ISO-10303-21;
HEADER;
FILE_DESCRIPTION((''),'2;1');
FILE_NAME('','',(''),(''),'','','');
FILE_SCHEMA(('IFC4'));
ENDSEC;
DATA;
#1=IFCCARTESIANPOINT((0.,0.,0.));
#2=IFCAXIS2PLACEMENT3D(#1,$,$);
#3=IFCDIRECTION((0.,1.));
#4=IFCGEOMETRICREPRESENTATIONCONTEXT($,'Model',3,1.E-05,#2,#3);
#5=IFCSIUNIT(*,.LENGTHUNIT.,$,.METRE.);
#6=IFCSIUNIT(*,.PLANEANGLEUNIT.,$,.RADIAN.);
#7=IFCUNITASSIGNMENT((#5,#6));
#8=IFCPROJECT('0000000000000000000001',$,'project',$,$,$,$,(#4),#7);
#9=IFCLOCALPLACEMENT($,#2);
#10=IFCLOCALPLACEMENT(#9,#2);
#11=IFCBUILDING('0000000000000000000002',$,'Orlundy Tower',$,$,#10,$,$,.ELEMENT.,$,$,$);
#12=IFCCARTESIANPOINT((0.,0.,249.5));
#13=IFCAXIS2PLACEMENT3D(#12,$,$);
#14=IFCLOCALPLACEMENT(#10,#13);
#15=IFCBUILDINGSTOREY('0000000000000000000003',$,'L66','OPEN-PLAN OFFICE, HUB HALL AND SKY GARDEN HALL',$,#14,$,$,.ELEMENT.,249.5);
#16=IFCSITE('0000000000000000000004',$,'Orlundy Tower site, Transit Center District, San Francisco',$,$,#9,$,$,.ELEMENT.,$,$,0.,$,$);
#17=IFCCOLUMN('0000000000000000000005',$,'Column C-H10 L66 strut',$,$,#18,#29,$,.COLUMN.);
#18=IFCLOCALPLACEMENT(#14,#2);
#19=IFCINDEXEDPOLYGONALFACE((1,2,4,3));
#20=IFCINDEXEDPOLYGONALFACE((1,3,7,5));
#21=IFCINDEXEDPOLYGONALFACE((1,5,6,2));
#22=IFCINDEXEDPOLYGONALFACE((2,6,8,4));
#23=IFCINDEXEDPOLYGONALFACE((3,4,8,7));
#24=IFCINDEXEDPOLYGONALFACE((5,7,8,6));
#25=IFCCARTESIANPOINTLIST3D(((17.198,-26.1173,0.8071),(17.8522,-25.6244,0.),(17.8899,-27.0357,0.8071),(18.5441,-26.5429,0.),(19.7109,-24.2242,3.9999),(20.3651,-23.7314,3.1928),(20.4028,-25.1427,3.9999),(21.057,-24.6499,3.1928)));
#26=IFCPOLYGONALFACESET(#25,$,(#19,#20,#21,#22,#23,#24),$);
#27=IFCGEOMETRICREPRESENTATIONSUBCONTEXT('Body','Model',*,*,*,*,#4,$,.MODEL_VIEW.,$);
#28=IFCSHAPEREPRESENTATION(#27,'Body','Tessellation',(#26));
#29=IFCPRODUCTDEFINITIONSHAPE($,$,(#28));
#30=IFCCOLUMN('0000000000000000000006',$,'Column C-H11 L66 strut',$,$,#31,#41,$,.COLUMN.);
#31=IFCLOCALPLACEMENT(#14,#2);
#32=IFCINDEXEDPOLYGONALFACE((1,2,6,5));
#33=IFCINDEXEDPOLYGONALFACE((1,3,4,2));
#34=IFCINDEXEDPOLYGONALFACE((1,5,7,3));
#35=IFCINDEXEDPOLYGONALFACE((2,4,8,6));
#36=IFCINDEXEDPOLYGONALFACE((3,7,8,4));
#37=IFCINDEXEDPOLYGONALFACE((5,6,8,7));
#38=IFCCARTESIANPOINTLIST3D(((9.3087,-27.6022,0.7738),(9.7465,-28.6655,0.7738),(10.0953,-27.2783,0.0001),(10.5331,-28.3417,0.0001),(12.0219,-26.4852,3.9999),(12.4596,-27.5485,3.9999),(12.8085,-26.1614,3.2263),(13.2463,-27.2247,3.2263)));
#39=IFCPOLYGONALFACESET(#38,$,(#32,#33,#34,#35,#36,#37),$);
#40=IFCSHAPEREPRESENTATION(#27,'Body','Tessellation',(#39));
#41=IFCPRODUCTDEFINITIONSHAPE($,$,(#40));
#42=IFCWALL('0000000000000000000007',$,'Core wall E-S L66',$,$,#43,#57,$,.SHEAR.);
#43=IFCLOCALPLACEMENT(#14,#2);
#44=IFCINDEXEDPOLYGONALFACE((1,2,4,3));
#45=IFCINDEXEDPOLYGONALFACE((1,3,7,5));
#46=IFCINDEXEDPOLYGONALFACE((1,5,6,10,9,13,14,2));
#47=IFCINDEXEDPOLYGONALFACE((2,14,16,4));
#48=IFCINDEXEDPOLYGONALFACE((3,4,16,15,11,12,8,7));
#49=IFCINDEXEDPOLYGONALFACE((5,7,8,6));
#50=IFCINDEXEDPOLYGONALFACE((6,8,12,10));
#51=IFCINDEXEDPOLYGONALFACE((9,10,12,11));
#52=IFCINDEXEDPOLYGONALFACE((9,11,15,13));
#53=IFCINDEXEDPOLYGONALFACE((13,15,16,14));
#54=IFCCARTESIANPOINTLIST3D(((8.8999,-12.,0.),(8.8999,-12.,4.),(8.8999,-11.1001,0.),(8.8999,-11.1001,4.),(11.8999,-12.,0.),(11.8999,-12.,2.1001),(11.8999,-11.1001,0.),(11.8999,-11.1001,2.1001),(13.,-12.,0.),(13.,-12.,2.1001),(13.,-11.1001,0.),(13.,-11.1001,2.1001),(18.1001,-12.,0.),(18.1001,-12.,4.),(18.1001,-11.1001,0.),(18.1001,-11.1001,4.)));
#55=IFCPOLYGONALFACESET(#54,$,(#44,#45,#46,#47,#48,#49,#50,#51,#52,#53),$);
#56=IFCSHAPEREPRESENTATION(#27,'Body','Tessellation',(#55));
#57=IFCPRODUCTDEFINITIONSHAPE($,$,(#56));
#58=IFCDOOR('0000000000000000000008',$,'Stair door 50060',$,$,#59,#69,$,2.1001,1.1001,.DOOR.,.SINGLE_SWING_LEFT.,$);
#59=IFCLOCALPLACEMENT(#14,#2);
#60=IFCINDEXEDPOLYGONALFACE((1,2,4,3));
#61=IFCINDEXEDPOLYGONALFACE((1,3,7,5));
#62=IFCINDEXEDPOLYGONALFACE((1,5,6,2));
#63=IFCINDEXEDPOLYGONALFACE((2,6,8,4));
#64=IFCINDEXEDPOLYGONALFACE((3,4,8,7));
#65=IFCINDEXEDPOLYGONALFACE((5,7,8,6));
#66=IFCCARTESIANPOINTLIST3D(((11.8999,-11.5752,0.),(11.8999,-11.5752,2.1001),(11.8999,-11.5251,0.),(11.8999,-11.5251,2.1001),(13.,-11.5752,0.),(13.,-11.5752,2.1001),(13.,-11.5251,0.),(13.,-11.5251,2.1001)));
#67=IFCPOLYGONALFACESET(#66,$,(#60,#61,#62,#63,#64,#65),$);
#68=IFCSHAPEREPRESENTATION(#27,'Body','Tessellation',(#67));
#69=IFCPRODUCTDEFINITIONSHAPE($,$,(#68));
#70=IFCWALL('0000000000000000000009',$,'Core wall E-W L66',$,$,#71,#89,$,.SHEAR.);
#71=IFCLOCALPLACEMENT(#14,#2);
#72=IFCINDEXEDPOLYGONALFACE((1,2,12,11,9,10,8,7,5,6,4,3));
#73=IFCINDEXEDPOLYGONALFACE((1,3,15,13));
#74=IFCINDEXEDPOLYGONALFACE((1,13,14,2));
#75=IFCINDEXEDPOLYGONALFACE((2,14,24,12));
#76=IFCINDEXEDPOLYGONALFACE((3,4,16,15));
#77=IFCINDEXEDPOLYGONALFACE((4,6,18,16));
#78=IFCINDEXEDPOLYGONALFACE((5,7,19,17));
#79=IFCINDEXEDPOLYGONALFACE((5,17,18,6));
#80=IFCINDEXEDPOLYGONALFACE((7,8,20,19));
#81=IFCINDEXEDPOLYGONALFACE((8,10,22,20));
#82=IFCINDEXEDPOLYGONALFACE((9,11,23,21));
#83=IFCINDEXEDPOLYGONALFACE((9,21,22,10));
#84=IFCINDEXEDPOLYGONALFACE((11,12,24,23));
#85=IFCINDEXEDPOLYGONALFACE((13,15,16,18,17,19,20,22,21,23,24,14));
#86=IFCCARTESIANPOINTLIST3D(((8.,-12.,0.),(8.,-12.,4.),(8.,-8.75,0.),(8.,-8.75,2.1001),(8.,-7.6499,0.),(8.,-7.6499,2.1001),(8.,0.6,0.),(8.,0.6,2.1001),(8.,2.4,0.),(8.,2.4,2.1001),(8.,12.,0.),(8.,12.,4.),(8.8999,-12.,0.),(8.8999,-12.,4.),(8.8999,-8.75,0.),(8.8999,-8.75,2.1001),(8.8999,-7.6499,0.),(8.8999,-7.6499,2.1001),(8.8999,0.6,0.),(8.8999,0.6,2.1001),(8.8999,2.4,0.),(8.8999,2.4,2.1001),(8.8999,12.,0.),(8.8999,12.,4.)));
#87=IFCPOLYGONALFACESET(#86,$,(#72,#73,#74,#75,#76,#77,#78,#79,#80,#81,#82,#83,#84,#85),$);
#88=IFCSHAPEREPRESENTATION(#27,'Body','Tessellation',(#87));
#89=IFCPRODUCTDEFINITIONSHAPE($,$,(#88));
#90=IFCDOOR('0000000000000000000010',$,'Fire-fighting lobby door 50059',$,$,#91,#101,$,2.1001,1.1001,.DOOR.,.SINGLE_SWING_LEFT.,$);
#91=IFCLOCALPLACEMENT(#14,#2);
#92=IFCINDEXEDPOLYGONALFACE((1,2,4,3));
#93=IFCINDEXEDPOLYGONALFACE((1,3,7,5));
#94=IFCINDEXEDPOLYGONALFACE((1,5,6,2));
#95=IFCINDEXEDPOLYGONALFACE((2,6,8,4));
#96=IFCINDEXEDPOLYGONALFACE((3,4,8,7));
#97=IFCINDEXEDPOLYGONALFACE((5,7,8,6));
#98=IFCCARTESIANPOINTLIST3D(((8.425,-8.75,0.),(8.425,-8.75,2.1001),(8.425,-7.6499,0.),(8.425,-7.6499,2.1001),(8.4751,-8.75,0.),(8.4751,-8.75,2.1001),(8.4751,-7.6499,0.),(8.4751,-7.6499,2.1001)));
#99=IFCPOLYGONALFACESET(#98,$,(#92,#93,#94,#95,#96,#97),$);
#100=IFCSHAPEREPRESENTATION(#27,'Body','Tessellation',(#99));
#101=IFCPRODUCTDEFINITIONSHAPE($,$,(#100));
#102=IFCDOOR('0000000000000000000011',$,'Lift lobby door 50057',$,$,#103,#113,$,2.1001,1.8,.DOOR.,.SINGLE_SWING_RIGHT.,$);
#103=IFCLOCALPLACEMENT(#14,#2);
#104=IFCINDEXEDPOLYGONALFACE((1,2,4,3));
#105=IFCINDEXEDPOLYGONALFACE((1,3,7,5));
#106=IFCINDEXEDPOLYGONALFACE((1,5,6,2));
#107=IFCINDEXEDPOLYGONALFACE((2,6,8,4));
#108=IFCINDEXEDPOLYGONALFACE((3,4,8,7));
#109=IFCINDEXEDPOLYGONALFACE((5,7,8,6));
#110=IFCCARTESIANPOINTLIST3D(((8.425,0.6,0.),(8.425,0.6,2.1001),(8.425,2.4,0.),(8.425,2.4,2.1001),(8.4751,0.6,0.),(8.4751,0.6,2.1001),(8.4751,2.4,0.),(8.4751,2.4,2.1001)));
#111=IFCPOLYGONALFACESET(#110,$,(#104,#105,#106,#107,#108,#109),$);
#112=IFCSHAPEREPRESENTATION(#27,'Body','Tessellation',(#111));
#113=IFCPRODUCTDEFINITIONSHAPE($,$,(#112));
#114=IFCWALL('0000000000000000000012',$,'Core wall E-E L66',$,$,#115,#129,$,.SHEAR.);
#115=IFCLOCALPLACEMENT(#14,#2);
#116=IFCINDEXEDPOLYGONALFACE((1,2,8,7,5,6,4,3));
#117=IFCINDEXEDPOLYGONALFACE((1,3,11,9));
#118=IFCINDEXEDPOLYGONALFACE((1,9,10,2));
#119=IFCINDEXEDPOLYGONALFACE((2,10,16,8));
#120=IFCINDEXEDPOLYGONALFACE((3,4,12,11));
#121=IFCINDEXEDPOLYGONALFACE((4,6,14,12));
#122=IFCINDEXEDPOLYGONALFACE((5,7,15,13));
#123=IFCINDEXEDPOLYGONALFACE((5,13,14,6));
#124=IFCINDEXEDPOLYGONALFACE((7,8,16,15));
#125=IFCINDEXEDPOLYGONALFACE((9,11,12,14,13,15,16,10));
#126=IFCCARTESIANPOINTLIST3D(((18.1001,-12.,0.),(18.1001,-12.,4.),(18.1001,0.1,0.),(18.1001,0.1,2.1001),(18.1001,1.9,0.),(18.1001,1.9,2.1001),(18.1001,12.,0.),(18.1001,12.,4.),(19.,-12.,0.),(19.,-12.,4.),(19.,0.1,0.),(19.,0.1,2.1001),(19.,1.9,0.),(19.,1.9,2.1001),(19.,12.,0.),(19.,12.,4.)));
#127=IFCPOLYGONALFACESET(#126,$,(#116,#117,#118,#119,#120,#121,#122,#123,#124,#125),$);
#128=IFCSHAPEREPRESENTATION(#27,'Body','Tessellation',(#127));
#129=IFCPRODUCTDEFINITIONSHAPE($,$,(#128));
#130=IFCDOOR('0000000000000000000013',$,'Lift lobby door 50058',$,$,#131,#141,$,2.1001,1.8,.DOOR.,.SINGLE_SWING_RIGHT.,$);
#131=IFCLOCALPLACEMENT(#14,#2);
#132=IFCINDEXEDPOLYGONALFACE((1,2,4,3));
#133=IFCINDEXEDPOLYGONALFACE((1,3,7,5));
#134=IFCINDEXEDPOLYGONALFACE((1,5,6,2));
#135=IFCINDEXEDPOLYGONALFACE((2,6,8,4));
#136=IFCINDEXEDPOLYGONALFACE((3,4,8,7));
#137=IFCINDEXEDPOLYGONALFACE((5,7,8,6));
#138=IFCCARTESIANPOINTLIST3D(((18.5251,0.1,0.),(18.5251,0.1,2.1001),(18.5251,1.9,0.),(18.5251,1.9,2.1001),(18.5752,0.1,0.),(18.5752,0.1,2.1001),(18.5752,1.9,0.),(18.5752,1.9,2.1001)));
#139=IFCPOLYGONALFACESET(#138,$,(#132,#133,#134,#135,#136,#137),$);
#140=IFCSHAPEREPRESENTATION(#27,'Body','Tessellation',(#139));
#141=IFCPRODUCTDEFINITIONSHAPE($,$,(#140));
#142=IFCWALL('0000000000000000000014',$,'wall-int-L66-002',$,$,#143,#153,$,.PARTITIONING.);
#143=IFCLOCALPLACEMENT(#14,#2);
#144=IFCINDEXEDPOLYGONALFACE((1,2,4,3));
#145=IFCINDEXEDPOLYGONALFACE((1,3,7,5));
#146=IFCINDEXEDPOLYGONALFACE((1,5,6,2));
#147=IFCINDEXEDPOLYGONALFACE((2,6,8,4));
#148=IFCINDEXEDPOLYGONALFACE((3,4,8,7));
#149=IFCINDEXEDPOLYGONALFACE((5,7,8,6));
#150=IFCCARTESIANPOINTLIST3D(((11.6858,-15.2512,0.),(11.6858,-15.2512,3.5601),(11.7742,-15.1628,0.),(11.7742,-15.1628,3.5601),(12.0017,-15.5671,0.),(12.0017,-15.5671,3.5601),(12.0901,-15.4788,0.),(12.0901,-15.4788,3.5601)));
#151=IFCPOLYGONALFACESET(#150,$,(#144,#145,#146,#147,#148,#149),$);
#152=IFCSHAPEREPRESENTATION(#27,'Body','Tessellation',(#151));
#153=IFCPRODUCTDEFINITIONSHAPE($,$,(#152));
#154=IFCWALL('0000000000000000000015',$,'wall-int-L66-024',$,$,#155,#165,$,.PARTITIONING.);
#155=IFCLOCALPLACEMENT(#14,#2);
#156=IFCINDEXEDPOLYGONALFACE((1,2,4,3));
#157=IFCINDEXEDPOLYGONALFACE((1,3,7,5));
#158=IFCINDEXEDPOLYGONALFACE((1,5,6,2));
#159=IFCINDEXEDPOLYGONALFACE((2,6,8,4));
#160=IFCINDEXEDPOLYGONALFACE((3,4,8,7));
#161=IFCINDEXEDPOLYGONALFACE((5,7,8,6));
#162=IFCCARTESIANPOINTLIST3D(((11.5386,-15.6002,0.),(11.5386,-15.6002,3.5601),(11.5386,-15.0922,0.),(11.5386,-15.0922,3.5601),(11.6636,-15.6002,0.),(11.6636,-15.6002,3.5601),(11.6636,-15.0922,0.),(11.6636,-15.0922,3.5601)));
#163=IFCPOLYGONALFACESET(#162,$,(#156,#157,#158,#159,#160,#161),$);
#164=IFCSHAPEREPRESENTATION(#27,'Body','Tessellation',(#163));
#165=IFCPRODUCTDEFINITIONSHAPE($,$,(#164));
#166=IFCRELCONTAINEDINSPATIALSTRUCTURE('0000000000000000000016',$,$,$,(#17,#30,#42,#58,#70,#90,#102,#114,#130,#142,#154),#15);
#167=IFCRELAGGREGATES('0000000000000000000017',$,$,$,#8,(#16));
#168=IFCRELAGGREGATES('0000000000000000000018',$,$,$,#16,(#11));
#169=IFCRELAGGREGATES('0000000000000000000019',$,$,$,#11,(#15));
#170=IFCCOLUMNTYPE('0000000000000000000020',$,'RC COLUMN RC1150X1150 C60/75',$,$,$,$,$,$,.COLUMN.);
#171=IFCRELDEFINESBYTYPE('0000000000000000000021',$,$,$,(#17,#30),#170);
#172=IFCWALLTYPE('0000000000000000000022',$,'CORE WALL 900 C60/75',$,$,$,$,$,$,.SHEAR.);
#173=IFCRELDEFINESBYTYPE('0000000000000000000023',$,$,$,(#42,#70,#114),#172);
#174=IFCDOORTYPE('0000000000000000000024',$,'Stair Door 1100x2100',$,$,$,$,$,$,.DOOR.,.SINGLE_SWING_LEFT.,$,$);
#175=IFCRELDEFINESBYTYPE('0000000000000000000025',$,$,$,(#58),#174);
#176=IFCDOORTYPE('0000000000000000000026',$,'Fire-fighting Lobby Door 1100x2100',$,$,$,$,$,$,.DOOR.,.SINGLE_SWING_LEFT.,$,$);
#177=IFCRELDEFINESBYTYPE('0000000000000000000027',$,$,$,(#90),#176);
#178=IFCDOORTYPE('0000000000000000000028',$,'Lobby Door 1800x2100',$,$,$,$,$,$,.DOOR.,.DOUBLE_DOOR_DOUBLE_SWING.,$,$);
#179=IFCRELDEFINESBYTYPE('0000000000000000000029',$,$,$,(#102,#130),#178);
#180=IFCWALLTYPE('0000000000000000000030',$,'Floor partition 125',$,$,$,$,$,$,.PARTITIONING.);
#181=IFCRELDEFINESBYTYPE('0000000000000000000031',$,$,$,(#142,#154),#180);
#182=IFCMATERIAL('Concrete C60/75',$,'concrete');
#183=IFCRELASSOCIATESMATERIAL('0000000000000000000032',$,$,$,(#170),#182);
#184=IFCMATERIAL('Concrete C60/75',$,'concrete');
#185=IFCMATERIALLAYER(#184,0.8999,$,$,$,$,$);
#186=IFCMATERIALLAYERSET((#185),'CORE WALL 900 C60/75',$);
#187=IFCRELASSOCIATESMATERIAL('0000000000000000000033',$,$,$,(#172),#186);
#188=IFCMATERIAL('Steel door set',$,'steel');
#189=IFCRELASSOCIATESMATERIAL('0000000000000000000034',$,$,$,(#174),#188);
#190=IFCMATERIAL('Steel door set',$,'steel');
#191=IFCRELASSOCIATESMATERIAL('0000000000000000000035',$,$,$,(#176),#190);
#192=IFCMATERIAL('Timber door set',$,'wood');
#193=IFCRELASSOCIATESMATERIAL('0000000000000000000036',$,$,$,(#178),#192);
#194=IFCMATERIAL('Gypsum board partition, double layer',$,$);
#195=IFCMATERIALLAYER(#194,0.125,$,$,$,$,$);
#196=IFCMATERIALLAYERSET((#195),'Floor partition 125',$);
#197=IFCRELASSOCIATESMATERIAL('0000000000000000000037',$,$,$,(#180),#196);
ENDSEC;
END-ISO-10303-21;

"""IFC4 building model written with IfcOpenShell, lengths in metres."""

from ifc_helpers import new_model, si_unit, direction, frame, frame_2d, origin, origin_2d, place, context, subcontext, project, spatial, rectangle, extrude, material, layer, layer_set, material_profile, profile_set, type_object, element, fill, save


model = new_model("IFC4")

# Units and contexts
model_context = context("Model", 3, precision=1e-05, world=origin(), true_north=direction((0.0, 1.0)))
body_context = subcontext(model_context, "Body", "Model", "MODEL_VIEW")
ifc_project = project(units=[si_unit("LENGTHUNIT", "METRE"), si_unit("PLANEANGLEUNIT", "RADIAN")], contexts=[model_context])

# Site, building, storey
site_placement = place(None, origin())
site = spatial("IfcSite", under=ifc_project, at=site_placement, Name="Orlundy Tower site, Transit Center District, San Francisco", CompositionType="ELEMENT", RefElevation=0.0)
building_placement = place(site_placement, origin())
building = spatial("IfcBuilding", under=site, at=building_placement, Name="Orlundy Tower", CompositionType="ELEMENT")
storey_placement = place(building_placement, frame((0.0, 0.0, 249.5)))
storey = spatial("IfcBuildingStorey", under=building, at=storey_placement, Name="L66", Description="OPEN-PLAN OFFICE, HUB HALL AND SKY GARDEN HALL", CompositionType="ELEMENT", Elevation=249.5)

# Columns
ifc_material_1 = material(Name="Concrete C60/75", Category="concrete")
ifc_material_profile = material_profile(ifc_material_1, rectangle(XDim=1.1499, YDim=1.1499, at=origin_2d()), Name="RC1150X1150")
ifc_profile_set = profile_set([ifc_material_profile], Name="Concrete C60/75")
column_type = type_object("IfcColumnType", Name="RC COLUMN RC1150X1150 C60/75", PredefinedType="COLUMN", material=ifc_profile_set)
column_1_placement = place(storey_placement, frame((17.8711, -26.3301, 0.4036), z_axis=(0.560609, 0.422322, 0.712294), x_axis=(-0.6017, 0.798722, 0.0)))
element("IfcColumn", 1, at=column_1_placement, inside=storey, type_object=column_type, Name="Column C-H10 L66 strut", PredefinedType="COLUMN", context=body_context, shape_type="SweptSolid", body=[
    extrude(rectangle(XDim=1.1499, YDim=1.1499, at=origin_2d()), origin(), (0.0, 0.0, 1.0), 4.4824),
])
column_2_placement = place(storey_placement, frame((9.9209, -27.9719, 0.387), z_axis=(0.62217, 0.256135, 0.739797), x_axis=(-0.380683, 0.924706, 0.0)))
element("IfcColumn", 2, at=column_2_placement, inside=storey, type_object=column_type, Name="Column C-H11 L66 strut", PredefinedType="COLUMN", context=body_context, shape_type="SweptSolid", body=[
    extrude(rectangle(XDim=1.1499, YDim=1.1499, at=origin_2d()), origin(), (0.0, 0.0, 1.0), 4.3608),
])

# Wall, opening, door
ifc_material_2 = material(Name="Concrete C60/75", Category="concrete")
ifc_layer_1 = layer(ifc_material_2, 0.8999)
ifc_layer_set_1 = layer_set([ifc_layer_1], Name="CORE WALL 900 C60/75")
wall_type_1 = type_object("IfcWallType", Name="CORE WALL 900 C60/75", PredefinedType="SHEAR", material=ifc_layer_set_1)
wall_1_placement = place(storey_placement, frame((8.8999, -11.55, 0.0), z_axis=(0.0, 0.0, 1.0), x_axis=(1.0, 0.0, 0.0)))
wall_1 = element("IfcWall", 3, at=wall_1_placement, inside=storey, type_object=wall_type_1, Name="Core wall E-S L66", PredefinedType="SHEAR", context=body_context, shape_type="SweptSolid", body=[
    extrude(rectangle(XDim=9.2002, YDim=0.8999, at=frame_2d((4.6001, 0.0))), origin(), (0.0, 0.0, 1.0), 4.0),
])
opening_1_placement = place(wall_1_placement, frame((3.0, 0.0, 0.0)))
opening_1 = element("IfcOpeningElement", 4, at=opening_1_placement, cuts=wall_1, PredefinedType="OPENING", context=body_context, shape_type="SweptSolid", body=[
    extrude(rectangle(XDim=1.1001, YDim=2.1001, at=frame_2d((0.55, 1.05))), frame((0.0, 0.46, 0.0), z_axis=(0.0, -1.0, 0.0), x_axis=(1.0, 0.0, 0.0)), (0.0, 0.0, 1.0), 0.9199),
])
ifc_material_3 = material(Name="Steel door set", Category="steel")
door_type_1 = type_object("IfcDoorType", Name="Stair Door 1100x2100", OperationType="SINGLE_SWING_LEFT", PredefinedType="DOOR", material=ifc_material_3)
door_1_placement = place(opening_1_placement, origin())
door_1 = element("IfcDoor", 5, at=door_1_placement, inside=storey, type_object=door_type_1, Name="Stair door 50060", OperationType="SINGLE_SWING_LEFT", OverallHeight=2.1001, OverallWidth=1.1001, PredefinedType="DOOR", context=body_context, shape_type="SweptSolid", body=[
    extrude(rectangle(XDim=1.1001, YDim=2.1001, at=frame_2d((0.55, 1.05))), frame((0.0, 0.0249, 0.0), z_axis=(0.0, -1.0, 0.0), x_axis=(1.0, 0.0, 0.0)), (0.0, 0.0, 1.0), 0.05),
])
fill(opening_1, door_1)

# Wall, openings, doors
wall_2_placement = place(storey_placement, frame((8.45, -12.0, 0.0), z_axis=(0.0, 0.0, 1.0), x_axis=(0.0, 1.0, 0.0)))
wall_2 = element("IfcWall", 6, at=wall_2_placement, inside=storey, type_object=wall_type_1, Name="Core wall E-W L66", PredefinedType="SHEAR", context=body_context, shape_type="SweptSolid", body=[
    extrude(rectangle(XDim=24.0, YDim=0.8999, at=frame_2d((12.0, 0.0))), origin(), (0.0, 0.0, 1.0), 4.0),
])
opening_2_placement = place(wall_2_placement, frame((12.6001, 0.0, 0.0)))
opening_2 = element("IfcOpeningElement", 7, at=opening_2_placement, cuts=wall_2, PredefinedType="OPENING", context=body_context, shape_type="SweptSolid", body=[
    extrude(rectangle(XDim=1.8, YDim=2.1001, at=frame_2d((0.8999, 1.05))), frame((0.0, 0.46, 0.0), z_axis=(0.0, -1.0, 0.0), x_axis=(1.0, 0.0, 0.0)), (0.0, 0.0, 1.0), 0.9199),
])
opening_3_placement = place(wall_2_placement, frame((3.25, 0.0, 0.0)))
opening_3 = element("IfcOpeningElement", 8, at=opening_3_placement, cuts=wall_2, PredefinedType="OPENING", context=body_context, shape_type="SweptSolid", body=[
    extrude(rectangle(XDim=1.1001, YDim=2.1001, at=frame_2d((0.55, 1.05))), frame((0.0, 0.46, 0.0), z_axis=(0.0, -1.0, 0.0), x_axis=(1.0, 0.0, 0.0)), (0.0, 0.0, 1.0), 0.9199),
])
ifc_material_4 = material(Name="Steel door set", Category="steel")
door_type_2 = type_object("IfcDoorType", Name="Fire-fighting Lobby Door 1100x2100", OperationType="SINGLE_SWING_LEFT", PredefinedType="DOOR", material=ifc_material_4)
door_2_placement = place(opening_3_placement, origin())
door_2 = element("IfcDoor", 9, at=door_2_placement, inside=storey, type_object=door_type_2, Name="Fire-fighting lobby door 50059", OperationType="SINGLE_SWING_LEFT", OverallHeight=2.1001, OverallWidth=1.1001, PredefinedType="DOOR", context=body_context, shape_type="SweptSolid", body=[
    extrude(rectangle(XDim=1.1001, YDim=2.1001, at=frame_2d((0.55, 1.05))), frame((0.0, 0.0249, 0.0), z_axis=(0.0, -1.0, 0.0), x_axis=(1.0, 0.0, 0.0)), (0.0, 0.0, 1.0), 0.05),
])
fill(opening_3, door_2)
ifc_material_5 = material(Name="Timber door set", Category="wood")
door_type_3 = type_object("IfcDoorType", Name="Lobby Door 1800x2100", OperationType="DOUBLE_DOOR_DOUBLE_SWING", PredefinedType="DOOR", material=ifc_material_5)
door_3_placement = place(opening_2_placement, origin())
door_3 = element("IfcDoor", 10, at=door_3_placement, inside=storey, type_object=door_type_3, Name="Lift lobby door 50057", OperationType="SINGLE_SWING_RIGHT", OverallHeight=2.1001, OverallWidth=1.8, PredefinedType="DOOR", context=body_context, shape_type="SweptSolid", body=[
    extrude(rectangle(XDim=1.8, YDim=2.1001, at=frame_2d((0.8999, 1.05))), frame((0.0, 0.0249, 0.0), z_axis=(0.0, -1.0, 0.0), x_axis=(1.0, 0.0, 0.0)), (0.0, 0.0, 1.0), 0.05),
])
fill(opening_2, door_3)

# Wall, opening, door
wall_3_placement = place(storey_placement, frame((18.55, -12.0, 0.0), z_axis=(0.0, 0.0, 1.0), x_axis=(0.0, 1.0, 0.0)))
wall_3 = element("IfcWall", 11, at=wall_3_placement, inside=storey, type_object=wall_type_1, Name="Core wall E-E L66", PredefinedType="SHEAR", context=body_context, shape_type="SweptSolid", body=[
    extrude(rectangle(XDim=24.0, YDim=0.8999, at=frame_2d((12.0, 0.0))), origin(), (0.0, 0.0, 1.0), 4.0),
])
opening_4_placement = place(wall_3_placement, frame((12.1001, 0.0, 0.0)))
opening_4 = element("IfcOpeningElement", 12, at=opening_4_placement, cuts=wall_3, PredefinedType="OPENING", context=body_context, shape_type="SweptSolid", body=[
    extrude(rectangle(XDim=1.8, YDim=2.1001, at=frame_2d((0.8999, 1.05))), frame((0.0, 0.46, 0.0), z_axis=(0.0, -1.0, 0.0), x_axis=(1.0, 0.0, 0.0)), (0.0, 0.0, 1.0), 0.9199),
])
door_4_placement = place(opening_4_placement, origin())
door_4 = element("IfcDoor", 13, at=door_4_placement, inside=storey, type_object=door_type_3, Name="Lift lobby door 50058", OperationType="SINGLE_SWING_RIGHT", OverallHeight=2.1001, OverallWidth=1.8, PredefinedType="DOOR", context=body_context, shape_type="SweptSolid", body=[
    extrude(rectangle(XDim=1.8, YDim=2.1001, at=frame_2d((0.8999, 1.05))), frame((0.0, 0.0249, 0.0), z_axis=(0.0, -1.0, 0.0), x_axis=(1.0, 0.0, 0.0)), (0.0, 0.0, 1.0), 0.05),
])
fill(opening_4, door_4)

# Walls
ifc_material_6 = material(Name="Gypsum board partition, double layer")
ifc_layer_2 = layer(ifc_material_6, 0.125)
ifc_layer_set_2 = layer_set([ifc_layer_2], Name="Floor partition 125")
wall_type_2 = type_object("IfcWallType", Name="Floor partition 125", PredefinedType="PARTITIONING", material=ifc_layer_set_2)
wall_4_placement = place(storey_placement, frame((11.73, -15.207, 0.0), z_axis=(0.0, 0.0, 1.0), x_axis=(0.707107, -0.707107, 0.0)))
element("IfcWall", 14, at=wall_4_placement, inside=storey, type_object=wall_type_2, Name="wall-int-L66-002", PredefinedType="PARTITIONING", context=body_context, shape_type="SweptSolid", body=[
    extrude(rectangle(XDim=0.4468, YDim=0.125, at=frame_2d((0.2234, 0.0))), origin(), (0.0, 0.0, 1.0), 3.5601),
])
wall_5_placement = place(storey_placement, frame((11.6011, -15.6001, 0.0), z_axis=(0.0, 0.0, 1.0), x_axis=(0.0, 1.0, 0.0)))
element("IfcWall", 15, at=wall_5_placement, inside=storey, type_object=wall_type_2, Name="wall-int-L66-024", PredefinedType="PARTITIONING", context=body_context, shape_type="SweptSolid", body=[
    extrude(rectangle(XDim=0.5081, YDim=0.125, at=frame_2d((0.2539, 0.0))), origin(), (0.0, 0.0, 1.0), 3.5601),
])

save(model, "model.ifc")
